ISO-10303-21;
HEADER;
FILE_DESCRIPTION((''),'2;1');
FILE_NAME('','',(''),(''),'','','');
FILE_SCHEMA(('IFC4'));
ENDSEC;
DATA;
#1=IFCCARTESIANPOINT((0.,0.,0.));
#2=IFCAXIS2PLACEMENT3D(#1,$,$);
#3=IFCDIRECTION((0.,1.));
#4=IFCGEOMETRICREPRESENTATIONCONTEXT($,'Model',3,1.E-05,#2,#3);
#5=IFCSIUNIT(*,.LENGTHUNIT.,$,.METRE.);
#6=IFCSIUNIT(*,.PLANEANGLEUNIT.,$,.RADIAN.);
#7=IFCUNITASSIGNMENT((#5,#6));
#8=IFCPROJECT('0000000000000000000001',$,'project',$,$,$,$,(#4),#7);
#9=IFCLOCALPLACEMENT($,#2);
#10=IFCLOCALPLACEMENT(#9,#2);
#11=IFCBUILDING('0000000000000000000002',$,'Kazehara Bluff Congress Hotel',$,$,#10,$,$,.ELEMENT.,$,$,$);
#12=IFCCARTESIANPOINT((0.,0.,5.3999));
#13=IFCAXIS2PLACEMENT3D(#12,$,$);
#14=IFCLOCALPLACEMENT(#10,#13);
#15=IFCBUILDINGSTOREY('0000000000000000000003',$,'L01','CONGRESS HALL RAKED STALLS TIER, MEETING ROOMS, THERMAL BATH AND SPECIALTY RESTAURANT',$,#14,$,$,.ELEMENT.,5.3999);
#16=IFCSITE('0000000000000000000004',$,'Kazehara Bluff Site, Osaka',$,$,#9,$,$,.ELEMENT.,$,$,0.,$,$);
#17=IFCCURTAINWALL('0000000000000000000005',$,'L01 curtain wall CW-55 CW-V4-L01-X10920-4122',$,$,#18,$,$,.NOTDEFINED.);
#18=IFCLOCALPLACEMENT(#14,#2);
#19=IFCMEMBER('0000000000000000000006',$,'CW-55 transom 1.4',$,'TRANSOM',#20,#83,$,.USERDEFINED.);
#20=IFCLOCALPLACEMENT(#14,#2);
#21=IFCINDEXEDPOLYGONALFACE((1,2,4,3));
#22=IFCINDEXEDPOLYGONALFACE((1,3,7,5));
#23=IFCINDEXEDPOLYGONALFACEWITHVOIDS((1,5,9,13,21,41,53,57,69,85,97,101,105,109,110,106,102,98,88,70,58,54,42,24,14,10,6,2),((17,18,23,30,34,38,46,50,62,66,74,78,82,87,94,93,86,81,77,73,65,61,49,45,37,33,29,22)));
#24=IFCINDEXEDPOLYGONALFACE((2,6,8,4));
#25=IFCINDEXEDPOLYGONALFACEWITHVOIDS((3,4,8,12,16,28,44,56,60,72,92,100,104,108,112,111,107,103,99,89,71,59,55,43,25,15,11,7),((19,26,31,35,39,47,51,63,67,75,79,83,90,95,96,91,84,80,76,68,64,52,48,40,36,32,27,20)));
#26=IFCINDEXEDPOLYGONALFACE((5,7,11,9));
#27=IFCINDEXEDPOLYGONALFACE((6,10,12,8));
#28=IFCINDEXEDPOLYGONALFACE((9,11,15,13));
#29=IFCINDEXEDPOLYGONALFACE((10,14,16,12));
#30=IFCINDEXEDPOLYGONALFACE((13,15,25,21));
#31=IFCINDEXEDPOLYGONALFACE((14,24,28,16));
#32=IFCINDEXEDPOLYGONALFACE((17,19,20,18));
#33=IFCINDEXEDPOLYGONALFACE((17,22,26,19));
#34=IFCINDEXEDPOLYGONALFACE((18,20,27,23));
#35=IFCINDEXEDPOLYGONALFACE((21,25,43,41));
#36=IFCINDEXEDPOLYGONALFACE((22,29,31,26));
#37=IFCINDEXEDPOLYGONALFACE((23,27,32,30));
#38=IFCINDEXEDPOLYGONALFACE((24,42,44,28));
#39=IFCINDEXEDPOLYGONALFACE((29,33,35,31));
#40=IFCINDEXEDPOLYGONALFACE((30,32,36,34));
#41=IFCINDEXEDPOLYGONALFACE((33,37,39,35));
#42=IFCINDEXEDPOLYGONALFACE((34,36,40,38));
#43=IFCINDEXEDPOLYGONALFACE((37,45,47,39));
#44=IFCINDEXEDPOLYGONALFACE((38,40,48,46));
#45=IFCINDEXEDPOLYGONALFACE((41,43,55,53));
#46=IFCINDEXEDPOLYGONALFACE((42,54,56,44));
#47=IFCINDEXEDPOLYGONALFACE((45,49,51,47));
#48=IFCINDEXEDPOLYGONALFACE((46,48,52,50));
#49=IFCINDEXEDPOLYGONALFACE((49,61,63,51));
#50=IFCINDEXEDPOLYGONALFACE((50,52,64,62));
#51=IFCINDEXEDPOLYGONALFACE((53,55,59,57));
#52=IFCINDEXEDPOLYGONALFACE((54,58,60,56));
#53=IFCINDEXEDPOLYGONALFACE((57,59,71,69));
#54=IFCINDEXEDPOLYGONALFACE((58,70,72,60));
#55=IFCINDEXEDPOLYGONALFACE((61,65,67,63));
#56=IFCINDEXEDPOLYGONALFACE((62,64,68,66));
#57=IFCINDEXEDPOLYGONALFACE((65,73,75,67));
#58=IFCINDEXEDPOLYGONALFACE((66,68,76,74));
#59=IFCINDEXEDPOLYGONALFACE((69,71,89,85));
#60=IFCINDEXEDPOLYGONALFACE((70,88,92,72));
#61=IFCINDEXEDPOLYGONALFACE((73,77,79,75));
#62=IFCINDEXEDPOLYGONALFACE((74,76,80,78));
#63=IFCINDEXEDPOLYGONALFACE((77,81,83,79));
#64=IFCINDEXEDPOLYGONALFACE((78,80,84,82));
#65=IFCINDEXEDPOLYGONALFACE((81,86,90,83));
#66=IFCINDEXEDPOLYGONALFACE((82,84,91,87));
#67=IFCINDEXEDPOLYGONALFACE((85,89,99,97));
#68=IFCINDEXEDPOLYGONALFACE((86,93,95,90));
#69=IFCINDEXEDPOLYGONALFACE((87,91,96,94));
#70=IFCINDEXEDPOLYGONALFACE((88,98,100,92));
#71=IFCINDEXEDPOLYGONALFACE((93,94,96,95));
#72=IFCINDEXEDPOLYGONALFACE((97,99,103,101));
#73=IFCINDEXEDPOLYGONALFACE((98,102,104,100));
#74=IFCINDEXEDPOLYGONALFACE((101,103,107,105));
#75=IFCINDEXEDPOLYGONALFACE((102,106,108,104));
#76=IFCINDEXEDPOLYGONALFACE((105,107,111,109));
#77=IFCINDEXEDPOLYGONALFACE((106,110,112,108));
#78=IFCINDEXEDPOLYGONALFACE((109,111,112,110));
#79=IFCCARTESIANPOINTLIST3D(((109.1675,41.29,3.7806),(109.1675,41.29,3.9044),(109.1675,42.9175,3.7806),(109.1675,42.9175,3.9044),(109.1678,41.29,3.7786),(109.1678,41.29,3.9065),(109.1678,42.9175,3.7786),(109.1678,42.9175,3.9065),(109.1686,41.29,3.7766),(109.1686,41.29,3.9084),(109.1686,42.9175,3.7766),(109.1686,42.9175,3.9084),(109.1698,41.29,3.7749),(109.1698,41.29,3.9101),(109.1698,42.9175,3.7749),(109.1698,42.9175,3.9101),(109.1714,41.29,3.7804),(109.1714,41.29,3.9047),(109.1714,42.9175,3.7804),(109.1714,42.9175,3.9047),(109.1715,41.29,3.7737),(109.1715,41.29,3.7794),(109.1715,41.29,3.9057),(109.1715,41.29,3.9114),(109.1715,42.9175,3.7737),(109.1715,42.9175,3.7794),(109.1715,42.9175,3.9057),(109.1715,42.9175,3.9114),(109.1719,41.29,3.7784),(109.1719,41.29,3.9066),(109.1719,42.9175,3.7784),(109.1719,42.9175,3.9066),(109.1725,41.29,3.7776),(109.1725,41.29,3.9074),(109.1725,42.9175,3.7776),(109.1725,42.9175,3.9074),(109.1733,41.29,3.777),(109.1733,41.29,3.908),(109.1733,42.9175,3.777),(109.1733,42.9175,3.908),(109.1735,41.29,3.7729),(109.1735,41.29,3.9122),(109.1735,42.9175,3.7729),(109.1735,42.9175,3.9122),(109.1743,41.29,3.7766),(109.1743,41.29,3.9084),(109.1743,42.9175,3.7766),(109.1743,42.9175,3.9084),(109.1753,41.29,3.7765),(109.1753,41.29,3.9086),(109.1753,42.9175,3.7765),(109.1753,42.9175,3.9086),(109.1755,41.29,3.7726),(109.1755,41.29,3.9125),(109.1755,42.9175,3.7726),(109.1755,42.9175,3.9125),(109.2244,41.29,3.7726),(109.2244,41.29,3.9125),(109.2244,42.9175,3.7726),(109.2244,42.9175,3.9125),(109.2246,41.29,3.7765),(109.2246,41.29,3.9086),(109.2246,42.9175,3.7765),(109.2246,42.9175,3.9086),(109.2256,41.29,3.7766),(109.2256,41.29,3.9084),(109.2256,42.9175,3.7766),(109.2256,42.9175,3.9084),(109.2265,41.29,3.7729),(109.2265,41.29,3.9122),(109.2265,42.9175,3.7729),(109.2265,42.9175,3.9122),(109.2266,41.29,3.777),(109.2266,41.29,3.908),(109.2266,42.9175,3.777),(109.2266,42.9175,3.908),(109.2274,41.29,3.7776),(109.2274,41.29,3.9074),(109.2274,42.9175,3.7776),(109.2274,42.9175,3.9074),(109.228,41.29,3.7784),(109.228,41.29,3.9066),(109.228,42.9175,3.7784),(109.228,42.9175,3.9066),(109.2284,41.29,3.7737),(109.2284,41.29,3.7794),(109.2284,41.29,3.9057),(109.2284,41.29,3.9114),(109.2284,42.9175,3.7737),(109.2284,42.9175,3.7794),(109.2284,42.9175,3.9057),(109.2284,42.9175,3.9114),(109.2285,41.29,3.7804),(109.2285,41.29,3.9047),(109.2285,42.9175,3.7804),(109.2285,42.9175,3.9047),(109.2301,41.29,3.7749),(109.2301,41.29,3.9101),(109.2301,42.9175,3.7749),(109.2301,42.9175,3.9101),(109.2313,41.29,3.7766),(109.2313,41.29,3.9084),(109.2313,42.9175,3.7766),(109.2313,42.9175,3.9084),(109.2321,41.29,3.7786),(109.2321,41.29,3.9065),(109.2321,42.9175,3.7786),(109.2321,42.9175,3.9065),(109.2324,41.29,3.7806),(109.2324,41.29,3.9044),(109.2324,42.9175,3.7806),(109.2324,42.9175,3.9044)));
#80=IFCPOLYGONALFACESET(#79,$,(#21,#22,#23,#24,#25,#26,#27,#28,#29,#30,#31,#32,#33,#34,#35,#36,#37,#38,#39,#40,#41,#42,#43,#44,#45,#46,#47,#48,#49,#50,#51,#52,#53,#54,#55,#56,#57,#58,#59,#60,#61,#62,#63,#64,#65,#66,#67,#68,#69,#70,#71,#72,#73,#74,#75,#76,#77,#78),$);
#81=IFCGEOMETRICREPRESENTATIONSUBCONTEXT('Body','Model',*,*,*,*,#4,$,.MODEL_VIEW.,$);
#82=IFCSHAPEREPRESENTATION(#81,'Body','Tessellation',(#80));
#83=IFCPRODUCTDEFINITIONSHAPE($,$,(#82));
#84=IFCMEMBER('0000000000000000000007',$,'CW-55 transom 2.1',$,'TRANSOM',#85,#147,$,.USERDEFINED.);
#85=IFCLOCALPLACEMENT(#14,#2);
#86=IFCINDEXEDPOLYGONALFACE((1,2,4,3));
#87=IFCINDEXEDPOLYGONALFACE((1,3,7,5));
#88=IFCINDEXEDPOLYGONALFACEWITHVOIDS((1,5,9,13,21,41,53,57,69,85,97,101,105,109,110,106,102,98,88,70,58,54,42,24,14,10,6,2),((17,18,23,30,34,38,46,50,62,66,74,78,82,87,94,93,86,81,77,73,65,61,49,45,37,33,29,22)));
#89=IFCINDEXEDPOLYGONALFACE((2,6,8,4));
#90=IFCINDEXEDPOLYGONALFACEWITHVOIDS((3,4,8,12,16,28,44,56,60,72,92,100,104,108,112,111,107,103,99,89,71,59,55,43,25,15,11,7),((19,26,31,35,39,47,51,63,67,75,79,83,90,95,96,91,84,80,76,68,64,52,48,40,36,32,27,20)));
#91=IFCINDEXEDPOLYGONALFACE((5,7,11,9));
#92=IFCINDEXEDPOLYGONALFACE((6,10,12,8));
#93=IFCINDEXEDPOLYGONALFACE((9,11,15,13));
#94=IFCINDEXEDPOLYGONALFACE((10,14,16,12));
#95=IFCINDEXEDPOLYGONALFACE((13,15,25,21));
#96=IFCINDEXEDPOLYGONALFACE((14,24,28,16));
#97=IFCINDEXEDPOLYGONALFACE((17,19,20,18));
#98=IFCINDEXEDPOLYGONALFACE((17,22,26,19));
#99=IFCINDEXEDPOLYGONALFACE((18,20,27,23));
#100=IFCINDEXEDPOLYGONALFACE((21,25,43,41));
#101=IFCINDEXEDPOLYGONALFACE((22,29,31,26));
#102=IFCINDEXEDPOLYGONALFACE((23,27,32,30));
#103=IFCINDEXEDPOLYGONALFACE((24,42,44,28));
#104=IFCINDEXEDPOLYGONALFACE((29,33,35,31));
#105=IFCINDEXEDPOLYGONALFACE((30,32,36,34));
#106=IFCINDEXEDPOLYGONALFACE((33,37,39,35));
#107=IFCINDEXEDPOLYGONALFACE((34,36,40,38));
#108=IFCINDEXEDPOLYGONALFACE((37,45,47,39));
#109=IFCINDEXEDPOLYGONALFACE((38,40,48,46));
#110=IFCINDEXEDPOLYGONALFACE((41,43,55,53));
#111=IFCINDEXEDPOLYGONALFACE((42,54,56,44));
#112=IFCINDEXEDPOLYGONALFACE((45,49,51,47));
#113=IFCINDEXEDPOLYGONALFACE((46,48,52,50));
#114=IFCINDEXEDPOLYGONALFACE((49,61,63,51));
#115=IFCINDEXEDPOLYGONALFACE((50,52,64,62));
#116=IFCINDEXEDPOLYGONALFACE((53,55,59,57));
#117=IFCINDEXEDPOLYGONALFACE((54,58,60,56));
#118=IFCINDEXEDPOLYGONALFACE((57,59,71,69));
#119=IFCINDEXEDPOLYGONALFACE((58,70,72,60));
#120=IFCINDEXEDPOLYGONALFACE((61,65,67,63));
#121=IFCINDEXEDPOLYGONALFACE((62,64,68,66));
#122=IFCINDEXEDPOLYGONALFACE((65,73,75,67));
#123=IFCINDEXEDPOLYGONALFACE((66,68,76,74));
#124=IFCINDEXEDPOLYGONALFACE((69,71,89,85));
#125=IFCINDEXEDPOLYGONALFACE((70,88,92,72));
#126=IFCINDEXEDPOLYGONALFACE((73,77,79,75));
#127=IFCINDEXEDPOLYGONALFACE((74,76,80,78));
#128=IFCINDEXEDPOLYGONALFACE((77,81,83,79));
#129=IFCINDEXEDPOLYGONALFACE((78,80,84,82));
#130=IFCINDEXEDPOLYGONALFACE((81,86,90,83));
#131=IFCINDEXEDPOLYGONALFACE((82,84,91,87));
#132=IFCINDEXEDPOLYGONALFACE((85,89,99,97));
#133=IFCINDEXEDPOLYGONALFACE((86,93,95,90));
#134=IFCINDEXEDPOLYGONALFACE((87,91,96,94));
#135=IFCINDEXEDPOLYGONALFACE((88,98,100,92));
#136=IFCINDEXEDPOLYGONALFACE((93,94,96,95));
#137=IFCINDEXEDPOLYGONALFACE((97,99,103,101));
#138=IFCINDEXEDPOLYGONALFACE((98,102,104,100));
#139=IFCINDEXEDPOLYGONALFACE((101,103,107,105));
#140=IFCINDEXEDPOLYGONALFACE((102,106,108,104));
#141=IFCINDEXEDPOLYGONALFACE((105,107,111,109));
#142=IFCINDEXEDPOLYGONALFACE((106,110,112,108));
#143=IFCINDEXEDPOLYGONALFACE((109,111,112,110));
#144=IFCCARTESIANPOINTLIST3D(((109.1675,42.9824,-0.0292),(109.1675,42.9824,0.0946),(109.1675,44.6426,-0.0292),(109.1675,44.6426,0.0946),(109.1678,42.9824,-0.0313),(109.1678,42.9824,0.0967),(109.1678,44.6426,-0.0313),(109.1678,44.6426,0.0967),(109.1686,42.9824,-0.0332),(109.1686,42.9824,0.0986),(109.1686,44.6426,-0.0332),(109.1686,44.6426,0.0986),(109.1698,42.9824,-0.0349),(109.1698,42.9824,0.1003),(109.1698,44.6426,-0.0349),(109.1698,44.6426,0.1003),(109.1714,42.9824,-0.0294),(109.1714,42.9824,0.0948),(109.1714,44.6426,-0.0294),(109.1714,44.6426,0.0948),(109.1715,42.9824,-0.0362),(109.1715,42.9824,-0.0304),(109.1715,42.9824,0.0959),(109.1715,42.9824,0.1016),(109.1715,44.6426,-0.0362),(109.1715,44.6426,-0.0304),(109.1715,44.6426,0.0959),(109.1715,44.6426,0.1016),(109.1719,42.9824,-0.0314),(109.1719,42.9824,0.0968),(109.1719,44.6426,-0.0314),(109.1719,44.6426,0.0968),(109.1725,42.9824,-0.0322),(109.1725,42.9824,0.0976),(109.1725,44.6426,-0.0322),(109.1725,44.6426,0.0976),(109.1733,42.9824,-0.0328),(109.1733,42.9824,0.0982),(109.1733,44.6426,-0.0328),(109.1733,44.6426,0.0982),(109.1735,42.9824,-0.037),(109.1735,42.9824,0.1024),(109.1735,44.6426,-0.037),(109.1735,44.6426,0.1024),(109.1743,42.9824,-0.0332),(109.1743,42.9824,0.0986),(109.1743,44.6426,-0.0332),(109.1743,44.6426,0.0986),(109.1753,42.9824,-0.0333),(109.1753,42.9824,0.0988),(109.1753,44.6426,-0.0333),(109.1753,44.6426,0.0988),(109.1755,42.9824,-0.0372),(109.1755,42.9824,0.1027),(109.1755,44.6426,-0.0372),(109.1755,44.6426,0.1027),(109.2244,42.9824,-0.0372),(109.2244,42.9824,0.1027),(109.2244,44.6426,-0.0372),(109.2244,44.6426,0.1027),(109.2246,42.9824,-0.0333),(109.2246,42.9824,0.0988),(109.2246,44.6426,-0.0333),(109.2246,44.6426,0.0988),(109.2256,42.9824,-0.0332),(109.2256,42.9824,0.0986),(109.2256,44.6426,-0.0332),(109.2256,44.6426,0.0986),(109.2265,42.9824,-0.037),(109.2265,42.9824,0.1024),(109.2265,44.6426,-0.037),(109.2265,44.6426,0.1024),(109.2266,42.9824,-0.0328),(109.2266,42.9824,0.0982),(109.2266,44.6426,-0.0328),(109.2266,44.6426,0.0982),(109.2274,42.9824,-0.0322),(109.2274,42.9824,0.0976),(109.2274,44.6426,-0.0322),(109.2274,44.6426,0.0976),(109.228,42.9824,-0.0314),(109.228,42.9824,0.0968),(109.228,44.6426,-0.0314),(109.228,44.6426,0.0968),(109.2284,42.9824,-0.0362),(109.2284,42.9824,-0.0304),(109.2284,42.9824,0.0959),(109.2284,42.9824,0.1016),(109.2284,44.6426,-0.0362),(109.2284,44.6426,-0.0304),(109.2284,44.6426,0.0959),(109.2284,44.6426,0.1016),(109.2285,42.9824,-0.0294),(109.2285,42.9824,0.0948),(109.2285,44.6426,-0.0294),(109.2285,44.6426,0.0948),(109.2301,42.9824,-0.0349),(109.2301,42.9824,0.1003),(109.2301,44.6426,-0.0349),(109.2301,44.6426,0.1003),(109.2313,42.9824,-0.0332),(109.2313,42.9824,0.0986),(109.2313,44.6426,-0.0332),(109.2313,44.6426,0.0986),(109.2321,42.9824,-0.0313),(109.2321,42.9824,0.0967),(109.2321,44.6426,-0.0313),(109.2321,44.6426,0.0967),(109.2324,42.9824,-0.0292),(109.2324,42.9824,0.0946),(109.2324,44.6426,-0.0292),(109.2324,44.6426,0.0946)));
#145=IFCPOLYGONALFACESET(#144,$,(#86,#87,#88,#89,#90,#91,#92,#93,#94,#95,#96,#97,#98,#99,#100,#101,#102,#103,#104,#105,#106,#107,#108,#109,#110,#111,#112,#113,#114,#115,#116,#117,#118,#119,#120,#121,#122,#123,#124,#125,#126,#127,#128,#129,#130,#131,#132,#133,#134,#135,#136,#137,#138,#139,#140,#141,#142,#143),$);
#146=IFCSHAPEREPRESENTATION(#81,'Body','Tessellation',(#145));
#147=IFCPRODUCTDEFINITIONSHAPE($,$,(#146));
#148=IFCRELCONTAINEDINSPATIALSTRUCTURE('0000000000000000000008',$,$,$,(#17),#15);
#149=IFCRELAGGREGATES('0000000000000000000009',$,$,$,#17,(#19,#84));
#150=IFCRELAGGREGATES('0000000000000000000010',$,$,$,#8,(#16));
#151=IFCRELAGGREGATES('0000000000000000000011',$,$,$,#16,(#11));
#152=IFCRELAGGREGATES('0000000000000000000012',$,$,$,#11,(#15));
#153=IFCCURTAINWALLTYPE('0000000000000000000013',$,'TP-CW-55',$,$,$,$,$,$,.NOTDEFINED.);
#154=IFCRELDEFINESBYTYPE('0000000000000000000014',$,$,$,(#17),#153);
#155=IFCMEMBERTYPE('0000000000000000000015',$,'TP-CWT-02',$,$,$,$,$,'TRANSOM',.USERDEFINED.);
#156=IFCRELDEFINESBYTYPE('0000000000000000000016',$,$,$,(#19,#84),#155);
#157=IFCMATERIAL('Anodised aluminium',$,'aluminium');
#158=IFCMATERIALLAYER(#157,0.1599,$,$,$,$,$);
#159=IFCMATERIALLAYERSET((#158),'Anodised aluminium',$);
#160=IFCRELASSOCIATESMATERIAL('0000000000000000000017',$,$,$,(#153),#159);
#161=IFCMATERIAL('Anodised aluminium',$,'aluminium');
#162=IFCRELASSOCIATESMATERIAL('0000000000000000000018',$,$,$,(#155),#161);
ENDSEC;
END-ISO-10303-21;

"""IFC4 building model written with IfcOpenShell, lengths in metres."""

from ifc_helpers import new_model, si_unit, direction, frame, origin, origin_2d, place, context, subcontext, project, spatial, hollow_rectangle, extrude, material, layer, layer_set, material_profile, profile_set, type_object, element, aggregate, save


model = new_model("IFC4")

# Units and contexts
model_context = context("Model", 3, precision=1e-05, world=origin(), true_north=direction((0.0, 1.0)))
body_context = subcontext(model_context, "Body", "Model", "MODEL_VIEW")
ifc_project = project(units=[si_unit("LENGTHUNIT", "METRE"), si_unit("PLANEANGLEUNIT", "RADIAN")], contexts=[model_context])

# Site, building, storey
site_placement = place(None, origin())
site = spatial("IfcSite", under=ifc_project, at=site_placement, Name="Kazehara Bluff Site, Osaka", CompositionType="ELEMENT", RefElevation=0.0)
building_placement = place(site_placement, origin())
building = spatial("IfcBuilding", under=site, at=building_placement, Name="Kazehara Bluff Congress Hotel", CompositionType="ELEMENT")
storey_placement = place(building_placement, frame((0.0, 0.0, 5.3999)))
storey = spatial("IfcBuildingStorey", under=building, at=storey_placement, Name="L01", Description="CONGRESS HALL RAKED STALLS TIER, MEETING ROOMS, THERMAL BATH AND SPECIALTY RESTAURANT", CompositionType="ELEMENT", Elevation=5.3999)

# Curtain wall
ifc_material_1 = material(Name="Anodised aluminium", Category="aluminium")
ifc_layer_1 = layer(ifc_material_1, 0.1599)
ifc_layer_set_1 = layer_set([ifc_layer_1], Name="Anodised aluminium")
curtain_wall_type_1 = type_object("IfcCurtainWallType", Name="TP-CW-55", PredefinedType="NOTDEFINED", material=ifc_layer_set_1)
curtain_wall_1_placement = place(storey_placement, origin())
curtain_wall_1 = element("IfcCurtainWall", 1, at=curtain_wall_1_placement, inside=storey, type_object=curtain_wall_type_1, Name="L01 curtain wall CW-55 CW-V4-L01-X10920-4122", PredefinedType="NOTDEFINED")

# Members
ifc_material_2 = material(Name="Anodised aluminium", Category="aluminium")
ifc_material_profile_1 = material_profile(ifc_material_2, hollow_rectangle(XDim=0.0649, YDim=0.1399, WallThickness=0.0039, InnerFilletRadius=0.0039, OuterFilletRadius=0.0081, at=origin_2d()))
ifc_profile_set_1 = profile_set([ifc_material_profile_1], Name="Anodised aluminium")
member_type_1 = type_object("IfcMemberType", Name="TP-CWT-02", ElementType="TRANSOM", PredefinedType="USERDEFINED", material=ifc_profile_set_1)
member_1_placement = place(storey_placement, frame((109.2, 41.29, 3.8425), z_axis=(0.0, 1.0, 0.0), x_axis=(-1.0, 0.0, 0.0)))
member_1 = element("IfcMember", 2, at=member_1_placement, type_object=member_type_1, Name="CW-55 transom 1.4", ObjectType="TRANSOM", PredefinedType="USERDEFINED", context=body_context, shape_type="SweptSolid", body=[
    extrude(hollow_rectangle(XDim=0.0649, YDim=0.1399, WallThickness=0.0039, InnerFilletRadius=0.0039, OuterFilletRadius=0.0081, at=origin_2d()), origin(), (0.0, 0.0, 1.0), 1.6274),
])
member_2_placement = place(storey_placement, frame((109.2, 42.9824, 0.0327), z_axis=(0.0, 1.0, 0.0), x_axis=(-1.0, 0.0, 0.0)))
member_2 = element("IfcMember", 3, at=member_2_placement, type_object=member_type_1, Name="CW-55 transom 2.1", ObjectType="TRANSOM", PredefinedType="USERDEFINED", context=body_context, shape_type="SweptSolid", body=[
    extrude(hollow_rectangle(XDim=0.0649, YDim=0.1399, WallThickness=0.0039, InnerFilletRadius=0.0039, OuterFilletRadius=0.0081, at=origin_2d()), origin(), (0.0, 0.0, 1.0), 1.6602),
])

aggregate(curtain_wall_1, [member_1, member_2])

save(model, "model.ifc")
